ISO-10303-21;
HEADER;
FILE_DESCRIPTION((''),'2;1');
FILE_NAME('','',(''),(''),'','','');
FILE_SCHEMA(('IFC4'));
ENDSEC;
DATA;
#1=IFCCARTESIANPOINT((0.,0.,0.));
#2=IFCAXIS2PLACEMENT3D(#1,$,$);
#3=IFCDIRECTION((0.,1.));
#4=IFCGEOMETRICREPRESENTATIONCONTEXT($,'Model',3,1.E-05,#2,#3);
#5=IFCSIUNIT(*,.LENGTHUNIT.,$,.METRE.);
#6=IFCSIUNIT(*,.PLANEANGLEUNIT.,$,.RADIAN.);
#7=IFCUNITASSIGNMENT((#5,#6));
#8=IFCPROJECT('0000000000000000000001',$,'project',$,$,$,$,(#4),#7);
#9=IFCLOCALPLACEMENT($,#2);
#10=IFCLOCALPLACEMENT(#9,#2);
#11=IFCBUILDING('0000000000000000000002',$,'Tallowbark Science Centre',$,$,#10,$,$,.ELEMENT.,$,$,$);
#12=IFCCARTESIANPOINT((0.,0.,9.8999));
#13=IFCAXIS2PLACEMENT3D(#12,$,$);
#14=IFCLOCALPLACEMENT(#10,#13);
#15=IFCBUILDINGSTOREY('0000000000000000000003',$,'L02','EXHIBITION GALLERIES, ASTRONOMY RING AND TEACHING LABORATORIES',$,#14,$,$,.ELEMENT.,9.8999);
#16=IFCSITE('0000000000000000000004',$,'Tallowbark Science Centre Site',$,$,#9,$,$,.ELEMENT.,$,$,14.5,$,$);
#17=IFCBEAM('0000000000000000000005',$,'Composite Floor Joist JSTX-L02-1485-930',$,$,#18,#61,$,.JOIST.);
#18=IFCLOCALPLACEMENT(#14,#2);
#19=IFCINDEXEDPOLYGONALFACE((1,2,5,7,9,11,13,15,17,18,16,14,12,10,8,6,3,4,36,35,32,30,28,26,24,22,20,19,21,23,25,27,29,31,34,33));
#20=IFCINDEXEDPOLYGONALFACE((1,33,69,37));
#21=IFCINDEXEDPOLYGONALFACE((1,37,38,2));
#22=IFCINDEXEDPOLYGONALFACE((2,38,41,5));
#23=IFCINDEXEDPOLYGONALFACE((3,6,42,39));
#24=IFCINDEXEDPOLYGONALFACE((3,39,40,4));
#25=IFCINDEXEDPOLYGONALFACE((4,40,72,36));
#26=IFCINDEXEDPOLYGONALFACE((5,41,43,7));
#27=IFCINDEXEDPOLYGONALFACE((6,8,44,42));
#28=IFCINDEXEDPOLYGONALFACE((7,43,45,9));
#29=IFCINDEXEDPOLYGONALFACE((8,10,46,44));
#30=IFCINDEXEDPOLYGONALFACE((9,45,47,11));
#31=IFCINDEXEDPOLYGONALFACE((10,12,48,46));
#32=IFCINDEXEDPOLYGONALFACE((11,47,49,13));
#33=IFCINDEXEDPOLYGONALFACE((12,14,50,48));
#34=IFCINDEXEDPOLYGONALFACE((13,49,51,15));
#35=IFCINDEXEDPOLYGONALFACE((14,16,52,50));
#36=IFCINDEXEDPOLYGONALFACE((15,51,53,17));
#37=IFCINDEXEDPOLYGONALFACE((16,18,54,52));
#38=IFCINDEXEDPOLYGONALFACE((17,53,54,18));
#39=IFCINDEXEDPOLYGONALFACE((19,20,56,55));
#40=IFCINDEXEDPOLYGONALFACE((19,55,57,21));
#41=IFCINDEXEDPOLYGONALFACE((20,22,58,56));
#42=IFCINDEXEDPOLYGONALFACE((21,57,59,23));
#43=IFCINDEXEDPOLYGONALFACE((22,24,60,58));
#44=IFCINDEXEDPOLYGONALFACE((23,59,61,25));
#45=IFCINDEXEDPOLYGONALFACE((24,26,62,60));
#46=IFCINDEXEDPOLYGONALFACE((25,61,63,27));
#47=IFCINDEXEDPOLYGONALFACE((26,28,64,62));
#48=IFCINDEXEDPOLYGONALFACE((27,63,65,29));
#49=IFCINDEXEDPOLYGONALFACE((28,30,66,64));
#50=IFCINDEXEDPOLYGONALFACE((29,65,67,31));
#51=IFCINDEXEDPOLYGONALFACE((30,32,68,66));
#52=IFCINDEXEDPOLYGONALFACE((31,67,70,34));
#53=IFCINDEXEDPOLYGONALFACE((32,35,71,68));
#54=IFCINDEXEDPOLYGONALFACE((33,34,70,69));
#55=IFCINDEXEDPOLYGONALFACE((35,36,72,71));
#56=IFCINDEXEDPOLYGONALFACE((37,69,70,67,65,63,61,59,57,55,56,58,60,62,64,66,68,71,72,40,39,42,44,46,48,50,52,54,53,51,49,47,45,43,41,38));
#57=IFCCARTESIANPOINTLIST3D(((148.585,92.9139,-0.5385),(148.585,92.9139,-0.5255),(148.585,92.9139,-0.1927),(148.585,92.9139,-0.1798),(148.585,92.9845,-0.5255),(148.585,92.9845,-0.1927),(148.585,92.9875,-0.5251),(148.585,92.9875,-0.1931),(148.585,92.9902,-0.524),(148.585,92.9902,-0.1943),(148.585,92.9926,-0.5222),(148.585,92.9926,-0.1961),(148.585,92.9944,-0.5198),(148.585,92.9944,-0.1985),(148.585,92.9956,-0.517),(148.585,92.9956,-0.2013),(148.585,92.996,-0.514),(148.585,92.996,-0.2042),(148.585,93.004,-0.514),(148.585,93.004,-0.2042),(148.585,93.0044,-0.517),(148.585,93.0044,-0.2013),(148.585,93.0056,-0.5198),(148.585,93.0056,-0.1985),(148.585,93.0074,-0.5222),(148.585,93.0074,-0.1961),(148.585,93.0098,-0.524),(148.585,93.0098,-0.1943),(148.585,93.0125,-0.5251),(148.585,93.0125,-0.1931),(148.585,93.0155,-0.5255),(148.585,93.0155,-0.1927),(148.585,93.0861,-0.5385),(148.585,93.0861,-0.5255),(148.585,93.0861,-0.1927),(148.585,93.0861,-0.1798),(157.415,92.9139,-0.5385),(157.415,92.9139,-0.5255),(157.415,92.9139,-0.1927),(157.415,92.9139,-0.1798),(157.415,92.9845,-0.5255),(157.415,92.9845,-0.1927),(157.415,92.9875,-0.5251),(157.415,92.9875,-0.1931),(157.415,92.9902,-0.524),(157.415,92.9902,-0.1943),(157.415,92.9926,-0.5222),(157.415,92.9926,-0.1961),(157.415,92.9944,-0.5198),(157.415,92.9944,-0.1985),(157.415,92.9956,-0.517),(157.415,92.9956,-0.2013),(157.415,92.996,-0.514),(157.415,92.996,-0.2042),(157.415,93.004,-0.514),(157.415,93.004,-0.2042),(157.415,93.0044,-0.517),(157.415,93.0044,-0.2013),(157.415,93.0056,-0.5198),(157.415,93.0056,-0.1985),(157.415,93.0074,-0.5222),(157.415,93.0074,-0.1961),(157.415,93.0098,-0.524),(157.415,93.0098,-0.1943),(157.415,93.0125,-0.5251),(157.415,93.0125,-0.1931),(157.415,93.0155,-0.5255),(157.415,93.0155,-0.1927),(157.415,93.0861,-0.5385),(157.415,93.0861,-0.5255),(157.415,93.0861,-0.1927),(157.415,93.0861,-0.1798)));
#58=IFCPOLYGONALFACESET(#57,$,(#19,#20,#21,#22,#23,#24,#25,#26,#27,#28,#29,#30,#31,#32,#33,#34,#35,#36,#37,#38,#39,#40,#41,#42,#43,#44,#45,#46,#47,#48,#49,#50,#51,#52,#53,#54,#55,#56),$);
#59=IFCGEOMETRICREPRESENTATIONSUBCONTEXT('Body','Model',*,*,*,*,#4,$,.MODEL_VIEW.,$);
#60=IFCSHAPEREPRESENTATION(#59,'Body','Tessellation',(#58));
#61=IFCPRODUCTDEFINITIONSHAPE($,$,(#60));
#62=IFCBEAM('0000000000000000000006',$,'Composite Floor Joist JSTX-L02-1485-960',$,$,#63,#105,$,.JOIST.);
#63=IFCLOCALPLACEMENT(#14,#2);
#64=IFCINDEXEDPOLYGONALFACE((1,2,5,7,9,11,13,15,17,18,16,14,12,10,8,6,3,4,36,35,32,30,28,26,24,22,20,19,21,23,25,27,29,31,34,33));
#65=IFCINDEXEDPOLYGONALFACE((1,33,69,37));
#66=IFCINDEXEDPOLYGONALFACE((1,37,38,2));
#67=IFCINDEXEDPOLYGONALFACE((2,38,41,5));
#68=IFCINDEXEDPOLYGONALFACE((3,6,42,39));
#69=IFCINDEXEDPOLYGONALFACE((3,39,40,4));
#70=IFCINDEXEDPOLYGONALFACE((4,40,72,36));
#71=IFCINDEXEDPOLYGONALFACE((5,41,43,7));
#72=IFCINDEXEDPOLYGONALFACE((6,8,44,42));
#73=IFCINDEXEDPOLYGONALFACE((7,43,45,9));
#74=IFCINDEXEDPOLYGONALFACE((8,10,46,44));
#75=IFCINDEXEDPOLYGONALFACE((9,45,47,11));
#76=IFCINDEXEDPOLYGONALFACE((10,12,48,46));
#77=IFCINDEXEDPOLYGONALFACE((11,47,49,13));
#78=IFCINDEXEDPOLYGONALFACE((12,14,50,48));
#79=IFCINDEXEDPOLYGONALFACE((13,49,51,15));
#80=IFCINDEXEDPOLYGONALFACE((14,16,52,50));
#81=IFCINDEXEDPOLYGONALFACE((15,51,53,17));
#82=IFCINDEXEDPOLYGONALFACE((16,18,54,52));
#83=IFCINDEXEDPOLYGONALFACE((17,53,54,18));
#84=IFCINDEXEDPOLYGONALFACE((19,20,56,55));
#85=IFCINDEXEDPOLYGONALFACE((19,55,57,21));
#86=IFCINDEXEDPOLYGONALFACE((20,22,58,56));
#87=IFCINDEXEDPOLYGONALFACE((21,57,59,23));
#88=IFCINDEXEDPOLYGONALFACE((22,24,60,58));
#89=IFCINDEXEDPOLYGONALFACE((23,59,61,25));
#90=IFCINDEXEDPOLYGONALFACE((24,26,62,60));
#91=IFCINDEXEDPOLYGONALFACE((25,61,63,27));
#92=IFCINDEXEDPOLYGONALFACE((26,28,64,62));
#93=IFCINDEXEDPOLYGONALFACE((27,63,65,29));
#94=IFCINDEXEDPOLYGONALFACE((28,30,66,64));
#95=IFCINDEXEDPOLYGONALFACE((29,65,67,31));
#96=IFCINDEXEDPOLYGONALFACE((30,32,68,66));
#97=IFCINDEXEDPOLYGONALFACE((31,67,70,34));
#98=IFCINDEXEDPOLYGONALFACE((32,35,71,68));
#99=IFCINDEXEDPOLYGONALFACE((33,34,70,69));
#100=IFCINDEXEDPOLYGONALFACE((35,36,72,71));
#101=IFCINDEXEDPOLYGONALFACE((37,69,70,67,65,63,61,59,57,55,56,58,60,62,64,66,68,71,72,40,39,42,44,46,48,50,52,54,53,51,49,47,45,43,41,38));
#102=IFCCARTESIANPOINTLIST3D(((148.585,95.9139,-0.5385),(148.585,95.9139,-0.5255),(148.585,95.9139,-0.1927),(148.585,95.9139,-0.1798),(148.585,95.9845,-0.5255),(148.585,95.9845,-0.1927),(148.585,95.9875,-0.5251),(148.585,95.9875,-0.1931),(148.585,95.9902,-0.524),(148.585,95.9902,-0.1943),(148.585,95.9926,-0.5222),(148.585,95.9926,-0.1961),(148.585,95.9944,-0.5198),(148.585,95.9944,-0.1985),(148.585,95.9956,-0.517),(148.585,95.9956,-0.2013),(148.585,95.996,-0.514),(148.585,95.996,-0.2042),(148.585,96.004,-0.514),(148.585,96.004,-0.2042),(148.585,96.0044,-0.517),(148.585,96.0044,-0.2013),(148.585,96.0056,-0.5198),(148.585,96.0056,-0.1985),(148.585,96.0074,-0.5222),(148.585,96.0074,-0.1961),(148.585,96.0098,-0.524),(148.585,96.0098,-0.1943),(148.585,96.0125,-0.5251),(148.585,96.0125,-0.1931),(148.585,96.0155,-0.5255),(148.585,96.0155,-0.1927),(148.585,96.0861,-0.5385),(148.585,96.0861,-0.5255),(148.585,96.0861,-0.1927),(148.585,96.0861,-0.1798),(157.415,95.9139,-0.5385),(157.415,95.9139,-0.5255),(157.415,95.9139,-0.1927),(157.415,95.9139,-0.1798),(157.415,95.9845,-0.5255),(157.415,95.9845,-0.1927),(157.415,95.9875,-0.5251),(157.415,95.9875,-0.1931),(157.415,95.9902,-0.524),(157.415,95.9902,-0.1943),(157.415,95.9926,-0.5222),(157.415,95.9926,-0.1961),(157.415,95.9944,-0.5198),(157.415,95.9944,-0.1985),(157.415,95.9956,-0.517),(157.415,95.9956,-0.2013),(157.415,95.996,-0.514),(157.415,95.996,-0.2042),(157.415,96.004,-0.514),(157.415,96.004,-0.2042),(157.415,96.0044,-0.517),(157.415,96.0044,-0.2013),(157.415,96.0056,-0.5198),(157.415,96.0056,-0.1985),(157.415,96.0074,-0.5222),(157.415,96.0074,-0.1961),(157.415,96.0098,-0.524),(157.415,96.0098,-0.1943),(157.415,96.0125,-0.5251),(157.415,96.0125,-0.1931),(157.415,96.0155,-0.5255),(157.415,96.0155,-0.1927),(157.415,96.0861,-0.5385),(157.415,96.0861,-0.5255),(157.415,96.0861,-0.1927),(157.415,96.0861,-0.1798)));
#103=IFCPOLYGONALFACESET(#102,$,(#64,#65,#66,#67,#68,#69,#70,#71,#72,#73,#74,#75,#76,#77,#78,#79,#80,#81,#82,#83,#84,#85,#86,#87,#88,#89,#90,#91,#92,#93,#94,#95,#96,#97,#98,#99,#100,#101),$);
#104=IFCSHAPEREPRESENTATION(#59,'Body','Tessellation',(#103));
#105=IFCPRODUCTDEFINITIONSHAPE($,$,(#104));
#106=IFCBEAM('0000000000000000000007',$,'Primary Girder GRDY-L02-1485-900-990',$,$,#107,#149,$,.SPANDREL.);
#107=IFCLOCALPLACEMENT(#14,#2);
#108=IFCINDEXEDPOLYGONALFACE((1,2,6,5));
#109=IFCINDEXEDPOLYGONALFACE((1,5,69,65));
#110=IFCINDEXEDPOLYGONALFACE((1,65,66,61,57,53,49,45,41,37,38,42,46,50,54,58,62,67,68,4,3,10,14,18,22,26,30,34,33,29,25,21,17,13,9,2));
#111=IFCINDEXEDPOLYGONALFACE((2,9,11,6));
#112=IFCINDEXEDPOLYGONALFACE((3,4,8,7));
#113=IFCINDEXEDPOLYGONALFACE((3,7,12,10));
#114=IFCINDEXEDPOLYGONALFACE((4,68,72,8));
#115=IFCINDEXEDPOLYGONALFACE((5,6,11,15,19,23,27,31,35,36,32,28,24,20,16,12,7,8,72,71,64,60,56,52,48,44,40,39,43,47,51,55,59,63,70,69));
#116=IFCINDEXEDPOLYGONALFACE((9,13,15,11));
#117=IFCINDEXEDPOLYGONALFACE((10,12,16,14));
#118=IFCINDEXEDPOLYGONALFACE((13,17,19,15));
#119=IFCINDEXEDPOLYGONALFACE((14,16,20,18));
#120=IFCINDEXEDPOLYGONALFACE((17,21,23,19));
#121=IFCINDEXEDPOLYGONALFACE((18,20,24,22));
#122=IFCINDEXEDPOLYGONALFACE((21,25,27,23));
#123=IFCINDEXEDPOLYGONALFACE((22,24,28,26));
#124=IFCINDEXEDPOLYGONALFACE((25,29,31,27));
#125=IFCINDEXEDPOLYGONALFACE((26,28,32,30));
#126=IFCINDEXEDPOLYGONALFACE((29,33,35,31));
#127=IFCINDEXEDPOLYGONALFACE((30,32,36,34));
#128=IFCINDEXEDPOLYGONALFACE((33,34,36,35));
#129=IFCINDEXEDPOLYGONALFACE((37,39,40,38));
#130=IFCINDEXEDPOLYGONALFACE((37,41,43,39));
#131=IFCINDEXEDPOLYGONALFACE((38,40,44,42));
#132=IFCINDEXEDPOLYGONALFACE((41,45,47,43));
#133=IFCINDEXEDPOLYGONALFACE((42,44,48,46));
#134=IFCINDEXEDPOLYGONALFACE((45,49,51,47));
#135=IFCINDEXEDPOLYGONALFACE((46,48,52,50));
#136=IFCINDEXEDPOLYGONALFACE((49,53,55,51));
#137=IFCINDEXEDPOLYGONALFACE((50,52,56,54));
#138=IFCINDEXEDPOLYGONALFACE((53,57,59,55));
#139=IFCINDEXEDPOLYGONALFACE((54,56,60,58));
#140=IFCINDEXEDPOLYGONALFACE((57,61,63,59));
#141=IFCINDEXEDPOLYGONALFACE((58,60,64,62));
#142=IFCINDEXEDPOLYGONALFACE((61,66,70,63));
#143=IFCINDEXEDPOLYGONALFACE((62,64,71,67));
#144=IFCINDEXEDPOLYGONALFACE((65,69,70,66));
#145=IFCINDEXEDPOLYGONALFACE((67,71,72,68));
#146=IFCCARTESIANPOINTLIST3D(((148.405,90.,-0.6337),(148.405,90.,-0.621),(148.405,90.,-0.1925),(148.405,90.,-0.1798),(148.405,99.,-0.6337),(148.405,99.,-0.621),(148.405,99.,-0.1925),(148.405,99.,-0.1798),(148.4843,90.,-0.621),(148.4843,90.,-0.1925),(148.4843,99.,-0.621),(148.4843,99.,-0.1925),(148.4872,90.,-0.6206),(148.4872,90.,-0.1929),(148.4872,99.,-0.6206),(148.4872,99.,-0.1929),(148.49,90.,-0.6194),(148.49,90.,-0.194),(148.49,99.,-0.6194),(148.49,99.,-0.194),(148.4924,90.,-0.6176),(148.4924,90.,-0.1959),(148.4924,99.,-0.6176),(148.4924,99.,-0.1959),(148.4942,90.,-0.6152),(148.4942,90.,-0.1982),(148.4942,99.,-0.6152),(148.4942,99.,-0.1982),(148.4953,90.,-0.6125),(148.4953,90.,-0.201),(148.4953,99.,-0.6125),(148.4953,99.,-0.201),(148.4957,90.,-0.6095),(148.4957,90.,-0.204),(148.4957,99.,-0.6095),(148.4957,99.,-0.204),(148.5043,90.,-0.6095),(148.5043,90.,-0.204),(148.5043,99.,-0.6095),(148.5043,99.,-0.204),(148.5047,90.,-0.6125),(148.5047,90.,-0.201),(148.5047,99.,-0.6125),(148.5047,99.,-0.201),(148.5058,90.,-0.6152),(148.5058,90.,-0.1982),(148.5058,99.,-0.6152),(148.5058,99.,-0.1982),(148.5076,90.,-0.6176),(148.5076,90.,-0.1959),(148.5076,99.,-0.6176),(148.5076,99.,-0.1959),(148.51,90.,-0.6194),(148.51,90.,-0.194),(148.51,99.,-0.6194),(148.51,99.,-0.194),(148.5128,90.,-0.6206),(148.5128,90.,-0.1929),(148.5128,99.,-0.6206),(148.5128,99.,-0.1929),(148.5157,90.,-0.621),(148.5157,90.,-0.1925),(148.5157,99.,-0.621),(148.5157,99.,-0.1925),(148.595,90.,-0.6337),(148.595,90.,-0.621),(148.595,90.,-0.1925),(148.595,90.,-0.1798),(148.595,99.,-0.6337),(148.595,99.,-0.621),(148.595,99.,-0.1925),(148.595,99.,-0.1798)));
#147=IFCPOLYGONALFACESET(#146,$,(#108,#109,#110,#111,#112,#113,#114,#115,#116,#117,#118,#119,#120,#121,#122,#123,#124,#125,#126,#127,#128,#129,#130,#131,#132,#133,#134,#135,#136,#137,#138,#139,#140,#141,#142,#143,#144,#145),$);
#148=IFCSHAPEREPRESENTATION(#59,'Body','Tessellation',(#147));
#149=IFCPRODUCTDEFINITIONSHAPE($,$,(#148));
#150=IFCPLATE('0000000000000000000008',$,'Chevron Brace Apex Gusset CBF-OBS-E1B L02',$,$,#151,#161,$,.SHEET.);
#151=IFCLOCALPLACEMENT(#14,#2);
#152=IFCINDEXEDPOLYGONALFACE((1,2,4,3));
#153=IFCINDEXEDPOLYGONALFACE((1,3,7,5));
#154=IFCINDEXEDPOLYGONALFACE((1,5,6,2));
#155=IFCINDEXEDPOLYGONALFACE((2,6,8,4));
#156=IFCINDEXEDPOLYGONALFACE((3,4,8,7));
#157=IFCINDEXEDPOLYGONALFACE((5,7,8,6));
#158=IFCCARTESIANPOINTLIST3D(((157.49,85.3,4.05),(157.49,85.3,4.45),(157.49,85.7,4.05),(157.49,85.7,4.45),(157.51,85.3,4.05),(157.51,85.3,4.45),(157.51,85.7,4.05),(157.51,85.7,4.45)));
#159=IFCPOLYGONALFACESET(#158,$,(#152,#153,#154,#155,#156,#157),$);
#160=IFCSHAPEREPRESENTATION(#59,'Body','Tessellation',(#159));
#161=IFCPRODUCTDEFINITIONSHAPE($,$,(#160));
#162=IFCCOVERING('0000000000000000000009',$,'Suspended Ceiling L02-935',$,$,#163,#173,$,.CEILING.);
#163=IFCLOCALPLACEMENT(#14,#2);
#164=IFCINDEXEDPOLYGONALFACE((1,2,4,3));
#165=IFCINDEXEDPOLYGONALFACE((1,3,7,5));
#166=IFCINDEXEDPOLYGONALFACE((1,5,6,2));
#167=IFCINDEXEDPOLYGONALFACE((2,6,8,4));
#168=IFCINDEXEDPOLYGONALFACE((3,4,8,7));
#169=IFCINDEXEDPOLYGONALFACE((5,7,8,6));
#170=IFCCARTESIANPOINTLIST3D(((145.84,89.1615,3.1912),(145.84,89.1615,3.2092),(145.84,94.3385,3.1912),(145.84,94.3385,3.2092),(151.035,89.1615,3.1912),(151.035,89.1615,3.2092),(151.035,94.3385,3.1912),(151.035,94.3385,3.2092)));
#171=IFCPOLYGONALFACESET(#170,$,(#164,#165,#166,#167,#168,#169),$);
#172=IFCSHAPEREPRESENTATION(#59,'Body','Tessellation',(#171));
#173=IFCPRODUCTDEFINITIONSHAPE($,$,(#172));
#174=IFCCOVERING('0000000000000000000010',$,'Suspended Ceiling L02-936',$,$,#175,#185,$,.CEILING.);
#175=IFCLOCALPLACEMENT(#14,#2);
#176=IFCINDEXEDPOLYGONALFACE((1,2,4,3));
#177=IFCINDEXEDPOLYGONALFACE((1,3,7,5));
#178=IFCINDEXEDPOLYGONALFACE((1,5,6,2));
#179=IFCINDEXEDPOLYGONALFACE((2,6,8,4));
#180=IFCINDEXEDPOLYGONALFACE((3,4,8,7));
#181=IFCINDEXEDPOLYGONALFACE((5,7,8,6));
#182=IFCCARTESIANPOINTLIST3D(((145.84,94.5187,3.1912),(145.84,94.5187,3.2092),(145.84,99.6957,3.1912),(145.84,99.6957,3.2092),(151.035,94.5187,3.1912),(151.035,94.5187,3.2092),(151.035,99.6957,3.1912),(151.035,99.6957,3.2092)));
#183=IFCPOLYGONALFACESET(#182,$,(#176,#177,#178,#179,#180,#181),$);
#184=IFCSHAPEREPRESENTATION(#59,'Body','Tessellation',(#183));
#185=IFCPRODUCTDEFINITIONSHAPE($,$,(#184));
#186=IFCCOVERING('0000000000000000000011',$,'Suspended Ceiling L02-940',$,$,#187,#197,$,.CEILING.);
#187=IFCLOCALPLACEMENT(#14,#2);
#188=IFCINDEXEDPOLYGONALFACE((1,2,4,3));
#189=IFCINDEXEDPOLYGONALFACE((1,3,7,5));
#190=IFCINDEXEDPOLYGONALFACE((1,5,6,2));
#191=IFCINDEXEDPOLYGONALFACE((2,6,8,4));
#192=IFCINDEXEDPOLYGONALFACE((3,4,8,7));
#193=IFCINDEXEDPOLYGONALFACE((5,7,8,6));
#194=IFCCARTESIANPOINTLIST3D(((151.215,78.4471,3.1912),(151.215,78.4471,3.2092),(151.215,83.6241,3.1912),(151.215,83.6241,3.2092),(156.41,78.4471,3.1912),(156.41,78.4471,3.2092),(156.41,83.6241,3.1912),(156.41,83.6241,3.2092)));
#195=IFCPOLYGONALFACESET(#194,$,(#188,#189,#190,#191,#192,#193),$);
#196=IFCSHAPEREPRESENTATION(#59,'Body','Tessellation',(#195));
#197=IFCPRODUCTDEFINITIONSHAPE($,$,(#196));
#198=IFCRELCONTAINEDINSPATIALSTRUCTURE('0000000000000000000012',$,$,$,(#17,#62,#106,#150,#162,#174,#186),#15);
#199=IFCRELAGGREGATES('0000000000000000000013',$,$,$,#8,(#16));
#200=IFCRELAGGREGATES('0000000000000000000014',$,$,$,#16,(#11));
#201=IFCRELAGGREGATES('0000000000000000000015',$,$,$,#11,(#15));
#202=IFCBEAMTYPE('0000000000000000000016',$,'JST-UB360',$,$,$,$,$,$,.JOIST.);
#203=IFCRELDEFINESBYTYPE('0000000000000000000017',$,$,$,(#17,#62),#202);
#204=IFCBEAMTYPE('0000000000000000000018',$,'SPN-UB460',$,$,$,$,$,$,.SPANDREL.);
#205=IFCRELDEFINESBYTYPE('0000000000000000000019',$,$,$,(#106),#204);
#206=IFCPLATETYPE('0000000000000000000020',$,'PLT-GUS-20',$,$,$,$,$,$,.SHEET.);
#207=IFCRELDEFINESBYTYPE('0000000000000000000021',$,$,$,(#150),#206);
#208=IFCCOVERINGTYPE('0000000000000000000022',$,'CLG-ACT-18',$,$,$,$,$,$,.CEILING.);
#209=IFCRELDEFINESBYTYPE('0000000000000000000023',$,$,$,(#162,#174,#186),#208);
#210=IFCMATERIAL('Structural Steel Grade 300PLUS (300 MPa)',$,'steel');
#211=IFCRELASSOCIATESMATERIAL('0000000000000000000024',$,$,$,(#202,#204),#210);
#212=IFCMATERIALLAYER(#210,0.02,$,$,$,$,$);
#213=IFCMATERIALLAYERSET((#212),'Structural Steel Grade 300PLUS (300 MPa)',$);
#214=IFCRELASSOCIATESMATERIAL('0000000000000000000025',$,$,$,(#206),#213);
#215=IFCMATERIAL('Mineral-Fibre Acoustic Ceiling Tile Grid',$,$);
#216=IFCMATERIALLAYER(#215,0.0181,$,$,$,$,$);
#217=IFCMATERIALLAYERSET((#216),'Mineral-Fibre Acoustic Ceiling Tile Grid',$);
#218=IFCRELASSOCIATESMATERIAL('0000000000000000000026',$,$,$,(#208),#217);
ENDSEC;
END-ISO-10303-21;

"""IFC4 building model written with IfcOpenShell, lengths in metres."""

from ifc_helpers import new_model, si_unit, direction, frame, origin, origin_2d, place, context, subcontext, project, spatial, rectangle, i_section, extrude, material, layer, layer_set, material_profile, profile_set, type_object, element, save


model = new_model("IFC4")

# Units and contexts
model_context = context("Model", 3, precision=1e-05, world=origin(), true_north=direction((0.0, 1.0)))
body_context = subcontext(model_context, "Body", "Model", "MODEL_VIEW")
ifc_project = project(units=[si_unit("LENGTHUNIT", "METRE"), si_unit("PLANEANGLEUNIT", "RADIAN")], contexts=[model_context])

# Site, building, storey
site_placement = place(None, origin())
site = spatial("IfcSite", under=ifc_project, at=site_placement, Name="Tallowbark Science Centre Site", CompositionType="ELEMENT", RefElevation=14.5)
building_placement = place(site_placement, origin())
building = spatial("IfcBuilding", under=site, at=building_placement, Name="Tallowbark Science Centre", CompositionType="ELEMENT")
storey_placement = place(building_placement, frame((0.0, 0.0, 9.8999)))
storey = spatial("IfcBuildingStorey", under=building, at=storey_placement, Name="L02", Description="EXHIBITION GALLERIES, ASTRONOMY RING AND TEACHING LABORATORIES", CompositionType="ELEMENT", Elevation=9.8999)

# Shared definitions
ifc_material_1 = material(Name="Structural Steel Grade 300PLUS (300 MPa)", Category="steel")

# Beams
ifc_material_profile_1 = material_profile(ifc_material_1, i_section(OverallWidth=0.1721, OverallDepth=0.3586, WebThickness=0.0081, FlangeThickness=0.0129, FilletRadius=0.0115, at=origin_2d()), Name="360UB56.7")
ifc_profile_set_1 = profile_set([ifc_material_profile_1], Name="Structural Steel Grade 300PLUS (300 MPa)")
beam_type_1 = type_object("IfcBeamType", Name="JST-UB360", PredefinedType="JOIST", material=ifc_profile_set_1)
for number, where, z_axis, x_axis, name in (
    (1, (148.585, 93.0, -0.3591), (1.0, 0.0, 0.0), (0.0, 1.0, 0.0), "Composite Floor Joist JSTX-L02-1485-930"),
    (2, (148.585, 96.0, -0.3591), (1.0, 0.0, 0.0), (0.0, 1.0, 0.0), "Composite Floor Joist JSTX-L02-1485-960"),
):
    element("IfcBeam", number, at=place(storey_placement, frame(where, z_axis=z_axis, x_axis=x_axis)), inside=storey, type_object=beam_type_1, Name=name, PredefinedType="JOIST", context=body_context, shape_type="SweptSolid", body=[
        extrude(i_section(OverallWidth=0.1721, OverallDepth=0.3586, WebThickness=0.0081, FlangeThickness=0.0129, FilletRadius=0.0115, at=origin_2d()), origin(), (0.0, 0.0, 1.0), 8.8301),
    ])
ifc_material_profile_2 = material_profile(ifc_material_1, i_section(OverallWidth=0.1899, OverallDepth=0.4539, WebThickness=0.0085, FlangeThickness=0.0127, FilletRadius=0.0115, at=origin_2d()), Name="460UB67.1")
ifc_profile_set_2 = profile_set([ifc_material_profile_2], Name="Structural Steel Grade 300PLUS (300 MPa)")
beam_type_2 = type_object("IfcBeamType", Name="SPN-UB460", PredefinedType="SPANDREL", material=ifc_profile_set_2)
beam_1_placement = place(storey_placement, frame((148.5, 90.0, -0.4067), z_axis=(0.0, 1.0, 0.0), x_axis=(-1.0, 0.0, 0.0)))
element("IfcBeam", 3, at=beam_1_placement, inside=storey, type_object=beam_type_2, Name="Primary Girder GRDY-L02-1485-900-990", PredefinedType="SPANDREL", context=body_context, shape_type="SweptSolid", body=[
    extrude(i_section(OverallWidth=0.1899, OverallDepth=0.4539, WebThickness=0.0085, FlangeThickness=0.0127, FilletRadius=0.0115, at=origin_2d()), origin(), (0.0, 0.0, 1.0), 9.0),
])

# Plate
ifc_layer_1 = layer(ifc_material_1, 0.02)
ifc_layer_set_1 = layer_set([ifc_layer_1], Name="Structural Steel Grade 300PLUS (300 MPa)")
plate_type = type_object("IfcPlateType", Name="PLT-GUS-20", PredefinedType="SHEET", material=ifc_layer_set_1)
plate_placement = place(storey_placement, frame((157.5, 85.5, 4.05), z_axis=(0.0, 0.0, 1.0), x_axis=(0.0, 1.0, 0.0)))
element("IfcPlate", 4, at=plate_placement, inside=storey, type_object=plate_type, Name="Chevron Brace Apex Gusset CBF-OBS-E1B L02", PredefinedType="SHEET", context=body_context, shape_type="SweptSolid", body=[
    extrude(rectangle(XDim=0.3999, YDim=0.02, at=origin_2d()), origin(), (0.0, 0.0, 1.0), 0.3999),
])

# Coverings
ifc_material_2 = material(Name="Mineral-Fibre Acoustic Ceiling Tile Grid")
ifc_layer_2 = layer(ifc_material_2, 0.0181)
ifc_layer_set_2 = layer_set([ifc_layer_2], Name="Mineral-Fibre Acoustic Ceiling Tile Grid")
covering_type_1 = type_object("IfcCoveringType", Name="CLG-ACT-18", PredefinedType="CEILING", material=ifc_layer_set_2)
for number, where, z_axis, x_axis, name in (
    (5, (148.4375, 91.75, 3.1912), (0.0, 0.0, 1.0), (1.0, 0.0, 0.0), "Suspended Ceiling L02-935"),
    (6, (148.4375, 97.1072, 3.1912), (0.0, 0.0, 1.0), (1.0, 0.0, 0.0), "Suspended Ceiling L02-936"),
    (7, (153.8125, 81.0356, 3.1912), (0.0, 0.0, 1.0), (1.0, 0.0, 0.0), "Suspended Ceiling L02-940"),
):
    element("IfcCovering", number, at=place(storey_placement, frame(where, z_axis=z_axis, x_axis=x_axis)), inside=storey, type_object=covering_type_1, Name=name, PredefinedType="CEILING", context=body_context, shape_type="SweptSolid", body=[
        extrude(rectangle(XDim=5.1951, YDim=5.177, at=origin_2d()), origin(), (0.0, 0.0, 1.0), 0.0181),
    ])

save(model, "model.ifc")
